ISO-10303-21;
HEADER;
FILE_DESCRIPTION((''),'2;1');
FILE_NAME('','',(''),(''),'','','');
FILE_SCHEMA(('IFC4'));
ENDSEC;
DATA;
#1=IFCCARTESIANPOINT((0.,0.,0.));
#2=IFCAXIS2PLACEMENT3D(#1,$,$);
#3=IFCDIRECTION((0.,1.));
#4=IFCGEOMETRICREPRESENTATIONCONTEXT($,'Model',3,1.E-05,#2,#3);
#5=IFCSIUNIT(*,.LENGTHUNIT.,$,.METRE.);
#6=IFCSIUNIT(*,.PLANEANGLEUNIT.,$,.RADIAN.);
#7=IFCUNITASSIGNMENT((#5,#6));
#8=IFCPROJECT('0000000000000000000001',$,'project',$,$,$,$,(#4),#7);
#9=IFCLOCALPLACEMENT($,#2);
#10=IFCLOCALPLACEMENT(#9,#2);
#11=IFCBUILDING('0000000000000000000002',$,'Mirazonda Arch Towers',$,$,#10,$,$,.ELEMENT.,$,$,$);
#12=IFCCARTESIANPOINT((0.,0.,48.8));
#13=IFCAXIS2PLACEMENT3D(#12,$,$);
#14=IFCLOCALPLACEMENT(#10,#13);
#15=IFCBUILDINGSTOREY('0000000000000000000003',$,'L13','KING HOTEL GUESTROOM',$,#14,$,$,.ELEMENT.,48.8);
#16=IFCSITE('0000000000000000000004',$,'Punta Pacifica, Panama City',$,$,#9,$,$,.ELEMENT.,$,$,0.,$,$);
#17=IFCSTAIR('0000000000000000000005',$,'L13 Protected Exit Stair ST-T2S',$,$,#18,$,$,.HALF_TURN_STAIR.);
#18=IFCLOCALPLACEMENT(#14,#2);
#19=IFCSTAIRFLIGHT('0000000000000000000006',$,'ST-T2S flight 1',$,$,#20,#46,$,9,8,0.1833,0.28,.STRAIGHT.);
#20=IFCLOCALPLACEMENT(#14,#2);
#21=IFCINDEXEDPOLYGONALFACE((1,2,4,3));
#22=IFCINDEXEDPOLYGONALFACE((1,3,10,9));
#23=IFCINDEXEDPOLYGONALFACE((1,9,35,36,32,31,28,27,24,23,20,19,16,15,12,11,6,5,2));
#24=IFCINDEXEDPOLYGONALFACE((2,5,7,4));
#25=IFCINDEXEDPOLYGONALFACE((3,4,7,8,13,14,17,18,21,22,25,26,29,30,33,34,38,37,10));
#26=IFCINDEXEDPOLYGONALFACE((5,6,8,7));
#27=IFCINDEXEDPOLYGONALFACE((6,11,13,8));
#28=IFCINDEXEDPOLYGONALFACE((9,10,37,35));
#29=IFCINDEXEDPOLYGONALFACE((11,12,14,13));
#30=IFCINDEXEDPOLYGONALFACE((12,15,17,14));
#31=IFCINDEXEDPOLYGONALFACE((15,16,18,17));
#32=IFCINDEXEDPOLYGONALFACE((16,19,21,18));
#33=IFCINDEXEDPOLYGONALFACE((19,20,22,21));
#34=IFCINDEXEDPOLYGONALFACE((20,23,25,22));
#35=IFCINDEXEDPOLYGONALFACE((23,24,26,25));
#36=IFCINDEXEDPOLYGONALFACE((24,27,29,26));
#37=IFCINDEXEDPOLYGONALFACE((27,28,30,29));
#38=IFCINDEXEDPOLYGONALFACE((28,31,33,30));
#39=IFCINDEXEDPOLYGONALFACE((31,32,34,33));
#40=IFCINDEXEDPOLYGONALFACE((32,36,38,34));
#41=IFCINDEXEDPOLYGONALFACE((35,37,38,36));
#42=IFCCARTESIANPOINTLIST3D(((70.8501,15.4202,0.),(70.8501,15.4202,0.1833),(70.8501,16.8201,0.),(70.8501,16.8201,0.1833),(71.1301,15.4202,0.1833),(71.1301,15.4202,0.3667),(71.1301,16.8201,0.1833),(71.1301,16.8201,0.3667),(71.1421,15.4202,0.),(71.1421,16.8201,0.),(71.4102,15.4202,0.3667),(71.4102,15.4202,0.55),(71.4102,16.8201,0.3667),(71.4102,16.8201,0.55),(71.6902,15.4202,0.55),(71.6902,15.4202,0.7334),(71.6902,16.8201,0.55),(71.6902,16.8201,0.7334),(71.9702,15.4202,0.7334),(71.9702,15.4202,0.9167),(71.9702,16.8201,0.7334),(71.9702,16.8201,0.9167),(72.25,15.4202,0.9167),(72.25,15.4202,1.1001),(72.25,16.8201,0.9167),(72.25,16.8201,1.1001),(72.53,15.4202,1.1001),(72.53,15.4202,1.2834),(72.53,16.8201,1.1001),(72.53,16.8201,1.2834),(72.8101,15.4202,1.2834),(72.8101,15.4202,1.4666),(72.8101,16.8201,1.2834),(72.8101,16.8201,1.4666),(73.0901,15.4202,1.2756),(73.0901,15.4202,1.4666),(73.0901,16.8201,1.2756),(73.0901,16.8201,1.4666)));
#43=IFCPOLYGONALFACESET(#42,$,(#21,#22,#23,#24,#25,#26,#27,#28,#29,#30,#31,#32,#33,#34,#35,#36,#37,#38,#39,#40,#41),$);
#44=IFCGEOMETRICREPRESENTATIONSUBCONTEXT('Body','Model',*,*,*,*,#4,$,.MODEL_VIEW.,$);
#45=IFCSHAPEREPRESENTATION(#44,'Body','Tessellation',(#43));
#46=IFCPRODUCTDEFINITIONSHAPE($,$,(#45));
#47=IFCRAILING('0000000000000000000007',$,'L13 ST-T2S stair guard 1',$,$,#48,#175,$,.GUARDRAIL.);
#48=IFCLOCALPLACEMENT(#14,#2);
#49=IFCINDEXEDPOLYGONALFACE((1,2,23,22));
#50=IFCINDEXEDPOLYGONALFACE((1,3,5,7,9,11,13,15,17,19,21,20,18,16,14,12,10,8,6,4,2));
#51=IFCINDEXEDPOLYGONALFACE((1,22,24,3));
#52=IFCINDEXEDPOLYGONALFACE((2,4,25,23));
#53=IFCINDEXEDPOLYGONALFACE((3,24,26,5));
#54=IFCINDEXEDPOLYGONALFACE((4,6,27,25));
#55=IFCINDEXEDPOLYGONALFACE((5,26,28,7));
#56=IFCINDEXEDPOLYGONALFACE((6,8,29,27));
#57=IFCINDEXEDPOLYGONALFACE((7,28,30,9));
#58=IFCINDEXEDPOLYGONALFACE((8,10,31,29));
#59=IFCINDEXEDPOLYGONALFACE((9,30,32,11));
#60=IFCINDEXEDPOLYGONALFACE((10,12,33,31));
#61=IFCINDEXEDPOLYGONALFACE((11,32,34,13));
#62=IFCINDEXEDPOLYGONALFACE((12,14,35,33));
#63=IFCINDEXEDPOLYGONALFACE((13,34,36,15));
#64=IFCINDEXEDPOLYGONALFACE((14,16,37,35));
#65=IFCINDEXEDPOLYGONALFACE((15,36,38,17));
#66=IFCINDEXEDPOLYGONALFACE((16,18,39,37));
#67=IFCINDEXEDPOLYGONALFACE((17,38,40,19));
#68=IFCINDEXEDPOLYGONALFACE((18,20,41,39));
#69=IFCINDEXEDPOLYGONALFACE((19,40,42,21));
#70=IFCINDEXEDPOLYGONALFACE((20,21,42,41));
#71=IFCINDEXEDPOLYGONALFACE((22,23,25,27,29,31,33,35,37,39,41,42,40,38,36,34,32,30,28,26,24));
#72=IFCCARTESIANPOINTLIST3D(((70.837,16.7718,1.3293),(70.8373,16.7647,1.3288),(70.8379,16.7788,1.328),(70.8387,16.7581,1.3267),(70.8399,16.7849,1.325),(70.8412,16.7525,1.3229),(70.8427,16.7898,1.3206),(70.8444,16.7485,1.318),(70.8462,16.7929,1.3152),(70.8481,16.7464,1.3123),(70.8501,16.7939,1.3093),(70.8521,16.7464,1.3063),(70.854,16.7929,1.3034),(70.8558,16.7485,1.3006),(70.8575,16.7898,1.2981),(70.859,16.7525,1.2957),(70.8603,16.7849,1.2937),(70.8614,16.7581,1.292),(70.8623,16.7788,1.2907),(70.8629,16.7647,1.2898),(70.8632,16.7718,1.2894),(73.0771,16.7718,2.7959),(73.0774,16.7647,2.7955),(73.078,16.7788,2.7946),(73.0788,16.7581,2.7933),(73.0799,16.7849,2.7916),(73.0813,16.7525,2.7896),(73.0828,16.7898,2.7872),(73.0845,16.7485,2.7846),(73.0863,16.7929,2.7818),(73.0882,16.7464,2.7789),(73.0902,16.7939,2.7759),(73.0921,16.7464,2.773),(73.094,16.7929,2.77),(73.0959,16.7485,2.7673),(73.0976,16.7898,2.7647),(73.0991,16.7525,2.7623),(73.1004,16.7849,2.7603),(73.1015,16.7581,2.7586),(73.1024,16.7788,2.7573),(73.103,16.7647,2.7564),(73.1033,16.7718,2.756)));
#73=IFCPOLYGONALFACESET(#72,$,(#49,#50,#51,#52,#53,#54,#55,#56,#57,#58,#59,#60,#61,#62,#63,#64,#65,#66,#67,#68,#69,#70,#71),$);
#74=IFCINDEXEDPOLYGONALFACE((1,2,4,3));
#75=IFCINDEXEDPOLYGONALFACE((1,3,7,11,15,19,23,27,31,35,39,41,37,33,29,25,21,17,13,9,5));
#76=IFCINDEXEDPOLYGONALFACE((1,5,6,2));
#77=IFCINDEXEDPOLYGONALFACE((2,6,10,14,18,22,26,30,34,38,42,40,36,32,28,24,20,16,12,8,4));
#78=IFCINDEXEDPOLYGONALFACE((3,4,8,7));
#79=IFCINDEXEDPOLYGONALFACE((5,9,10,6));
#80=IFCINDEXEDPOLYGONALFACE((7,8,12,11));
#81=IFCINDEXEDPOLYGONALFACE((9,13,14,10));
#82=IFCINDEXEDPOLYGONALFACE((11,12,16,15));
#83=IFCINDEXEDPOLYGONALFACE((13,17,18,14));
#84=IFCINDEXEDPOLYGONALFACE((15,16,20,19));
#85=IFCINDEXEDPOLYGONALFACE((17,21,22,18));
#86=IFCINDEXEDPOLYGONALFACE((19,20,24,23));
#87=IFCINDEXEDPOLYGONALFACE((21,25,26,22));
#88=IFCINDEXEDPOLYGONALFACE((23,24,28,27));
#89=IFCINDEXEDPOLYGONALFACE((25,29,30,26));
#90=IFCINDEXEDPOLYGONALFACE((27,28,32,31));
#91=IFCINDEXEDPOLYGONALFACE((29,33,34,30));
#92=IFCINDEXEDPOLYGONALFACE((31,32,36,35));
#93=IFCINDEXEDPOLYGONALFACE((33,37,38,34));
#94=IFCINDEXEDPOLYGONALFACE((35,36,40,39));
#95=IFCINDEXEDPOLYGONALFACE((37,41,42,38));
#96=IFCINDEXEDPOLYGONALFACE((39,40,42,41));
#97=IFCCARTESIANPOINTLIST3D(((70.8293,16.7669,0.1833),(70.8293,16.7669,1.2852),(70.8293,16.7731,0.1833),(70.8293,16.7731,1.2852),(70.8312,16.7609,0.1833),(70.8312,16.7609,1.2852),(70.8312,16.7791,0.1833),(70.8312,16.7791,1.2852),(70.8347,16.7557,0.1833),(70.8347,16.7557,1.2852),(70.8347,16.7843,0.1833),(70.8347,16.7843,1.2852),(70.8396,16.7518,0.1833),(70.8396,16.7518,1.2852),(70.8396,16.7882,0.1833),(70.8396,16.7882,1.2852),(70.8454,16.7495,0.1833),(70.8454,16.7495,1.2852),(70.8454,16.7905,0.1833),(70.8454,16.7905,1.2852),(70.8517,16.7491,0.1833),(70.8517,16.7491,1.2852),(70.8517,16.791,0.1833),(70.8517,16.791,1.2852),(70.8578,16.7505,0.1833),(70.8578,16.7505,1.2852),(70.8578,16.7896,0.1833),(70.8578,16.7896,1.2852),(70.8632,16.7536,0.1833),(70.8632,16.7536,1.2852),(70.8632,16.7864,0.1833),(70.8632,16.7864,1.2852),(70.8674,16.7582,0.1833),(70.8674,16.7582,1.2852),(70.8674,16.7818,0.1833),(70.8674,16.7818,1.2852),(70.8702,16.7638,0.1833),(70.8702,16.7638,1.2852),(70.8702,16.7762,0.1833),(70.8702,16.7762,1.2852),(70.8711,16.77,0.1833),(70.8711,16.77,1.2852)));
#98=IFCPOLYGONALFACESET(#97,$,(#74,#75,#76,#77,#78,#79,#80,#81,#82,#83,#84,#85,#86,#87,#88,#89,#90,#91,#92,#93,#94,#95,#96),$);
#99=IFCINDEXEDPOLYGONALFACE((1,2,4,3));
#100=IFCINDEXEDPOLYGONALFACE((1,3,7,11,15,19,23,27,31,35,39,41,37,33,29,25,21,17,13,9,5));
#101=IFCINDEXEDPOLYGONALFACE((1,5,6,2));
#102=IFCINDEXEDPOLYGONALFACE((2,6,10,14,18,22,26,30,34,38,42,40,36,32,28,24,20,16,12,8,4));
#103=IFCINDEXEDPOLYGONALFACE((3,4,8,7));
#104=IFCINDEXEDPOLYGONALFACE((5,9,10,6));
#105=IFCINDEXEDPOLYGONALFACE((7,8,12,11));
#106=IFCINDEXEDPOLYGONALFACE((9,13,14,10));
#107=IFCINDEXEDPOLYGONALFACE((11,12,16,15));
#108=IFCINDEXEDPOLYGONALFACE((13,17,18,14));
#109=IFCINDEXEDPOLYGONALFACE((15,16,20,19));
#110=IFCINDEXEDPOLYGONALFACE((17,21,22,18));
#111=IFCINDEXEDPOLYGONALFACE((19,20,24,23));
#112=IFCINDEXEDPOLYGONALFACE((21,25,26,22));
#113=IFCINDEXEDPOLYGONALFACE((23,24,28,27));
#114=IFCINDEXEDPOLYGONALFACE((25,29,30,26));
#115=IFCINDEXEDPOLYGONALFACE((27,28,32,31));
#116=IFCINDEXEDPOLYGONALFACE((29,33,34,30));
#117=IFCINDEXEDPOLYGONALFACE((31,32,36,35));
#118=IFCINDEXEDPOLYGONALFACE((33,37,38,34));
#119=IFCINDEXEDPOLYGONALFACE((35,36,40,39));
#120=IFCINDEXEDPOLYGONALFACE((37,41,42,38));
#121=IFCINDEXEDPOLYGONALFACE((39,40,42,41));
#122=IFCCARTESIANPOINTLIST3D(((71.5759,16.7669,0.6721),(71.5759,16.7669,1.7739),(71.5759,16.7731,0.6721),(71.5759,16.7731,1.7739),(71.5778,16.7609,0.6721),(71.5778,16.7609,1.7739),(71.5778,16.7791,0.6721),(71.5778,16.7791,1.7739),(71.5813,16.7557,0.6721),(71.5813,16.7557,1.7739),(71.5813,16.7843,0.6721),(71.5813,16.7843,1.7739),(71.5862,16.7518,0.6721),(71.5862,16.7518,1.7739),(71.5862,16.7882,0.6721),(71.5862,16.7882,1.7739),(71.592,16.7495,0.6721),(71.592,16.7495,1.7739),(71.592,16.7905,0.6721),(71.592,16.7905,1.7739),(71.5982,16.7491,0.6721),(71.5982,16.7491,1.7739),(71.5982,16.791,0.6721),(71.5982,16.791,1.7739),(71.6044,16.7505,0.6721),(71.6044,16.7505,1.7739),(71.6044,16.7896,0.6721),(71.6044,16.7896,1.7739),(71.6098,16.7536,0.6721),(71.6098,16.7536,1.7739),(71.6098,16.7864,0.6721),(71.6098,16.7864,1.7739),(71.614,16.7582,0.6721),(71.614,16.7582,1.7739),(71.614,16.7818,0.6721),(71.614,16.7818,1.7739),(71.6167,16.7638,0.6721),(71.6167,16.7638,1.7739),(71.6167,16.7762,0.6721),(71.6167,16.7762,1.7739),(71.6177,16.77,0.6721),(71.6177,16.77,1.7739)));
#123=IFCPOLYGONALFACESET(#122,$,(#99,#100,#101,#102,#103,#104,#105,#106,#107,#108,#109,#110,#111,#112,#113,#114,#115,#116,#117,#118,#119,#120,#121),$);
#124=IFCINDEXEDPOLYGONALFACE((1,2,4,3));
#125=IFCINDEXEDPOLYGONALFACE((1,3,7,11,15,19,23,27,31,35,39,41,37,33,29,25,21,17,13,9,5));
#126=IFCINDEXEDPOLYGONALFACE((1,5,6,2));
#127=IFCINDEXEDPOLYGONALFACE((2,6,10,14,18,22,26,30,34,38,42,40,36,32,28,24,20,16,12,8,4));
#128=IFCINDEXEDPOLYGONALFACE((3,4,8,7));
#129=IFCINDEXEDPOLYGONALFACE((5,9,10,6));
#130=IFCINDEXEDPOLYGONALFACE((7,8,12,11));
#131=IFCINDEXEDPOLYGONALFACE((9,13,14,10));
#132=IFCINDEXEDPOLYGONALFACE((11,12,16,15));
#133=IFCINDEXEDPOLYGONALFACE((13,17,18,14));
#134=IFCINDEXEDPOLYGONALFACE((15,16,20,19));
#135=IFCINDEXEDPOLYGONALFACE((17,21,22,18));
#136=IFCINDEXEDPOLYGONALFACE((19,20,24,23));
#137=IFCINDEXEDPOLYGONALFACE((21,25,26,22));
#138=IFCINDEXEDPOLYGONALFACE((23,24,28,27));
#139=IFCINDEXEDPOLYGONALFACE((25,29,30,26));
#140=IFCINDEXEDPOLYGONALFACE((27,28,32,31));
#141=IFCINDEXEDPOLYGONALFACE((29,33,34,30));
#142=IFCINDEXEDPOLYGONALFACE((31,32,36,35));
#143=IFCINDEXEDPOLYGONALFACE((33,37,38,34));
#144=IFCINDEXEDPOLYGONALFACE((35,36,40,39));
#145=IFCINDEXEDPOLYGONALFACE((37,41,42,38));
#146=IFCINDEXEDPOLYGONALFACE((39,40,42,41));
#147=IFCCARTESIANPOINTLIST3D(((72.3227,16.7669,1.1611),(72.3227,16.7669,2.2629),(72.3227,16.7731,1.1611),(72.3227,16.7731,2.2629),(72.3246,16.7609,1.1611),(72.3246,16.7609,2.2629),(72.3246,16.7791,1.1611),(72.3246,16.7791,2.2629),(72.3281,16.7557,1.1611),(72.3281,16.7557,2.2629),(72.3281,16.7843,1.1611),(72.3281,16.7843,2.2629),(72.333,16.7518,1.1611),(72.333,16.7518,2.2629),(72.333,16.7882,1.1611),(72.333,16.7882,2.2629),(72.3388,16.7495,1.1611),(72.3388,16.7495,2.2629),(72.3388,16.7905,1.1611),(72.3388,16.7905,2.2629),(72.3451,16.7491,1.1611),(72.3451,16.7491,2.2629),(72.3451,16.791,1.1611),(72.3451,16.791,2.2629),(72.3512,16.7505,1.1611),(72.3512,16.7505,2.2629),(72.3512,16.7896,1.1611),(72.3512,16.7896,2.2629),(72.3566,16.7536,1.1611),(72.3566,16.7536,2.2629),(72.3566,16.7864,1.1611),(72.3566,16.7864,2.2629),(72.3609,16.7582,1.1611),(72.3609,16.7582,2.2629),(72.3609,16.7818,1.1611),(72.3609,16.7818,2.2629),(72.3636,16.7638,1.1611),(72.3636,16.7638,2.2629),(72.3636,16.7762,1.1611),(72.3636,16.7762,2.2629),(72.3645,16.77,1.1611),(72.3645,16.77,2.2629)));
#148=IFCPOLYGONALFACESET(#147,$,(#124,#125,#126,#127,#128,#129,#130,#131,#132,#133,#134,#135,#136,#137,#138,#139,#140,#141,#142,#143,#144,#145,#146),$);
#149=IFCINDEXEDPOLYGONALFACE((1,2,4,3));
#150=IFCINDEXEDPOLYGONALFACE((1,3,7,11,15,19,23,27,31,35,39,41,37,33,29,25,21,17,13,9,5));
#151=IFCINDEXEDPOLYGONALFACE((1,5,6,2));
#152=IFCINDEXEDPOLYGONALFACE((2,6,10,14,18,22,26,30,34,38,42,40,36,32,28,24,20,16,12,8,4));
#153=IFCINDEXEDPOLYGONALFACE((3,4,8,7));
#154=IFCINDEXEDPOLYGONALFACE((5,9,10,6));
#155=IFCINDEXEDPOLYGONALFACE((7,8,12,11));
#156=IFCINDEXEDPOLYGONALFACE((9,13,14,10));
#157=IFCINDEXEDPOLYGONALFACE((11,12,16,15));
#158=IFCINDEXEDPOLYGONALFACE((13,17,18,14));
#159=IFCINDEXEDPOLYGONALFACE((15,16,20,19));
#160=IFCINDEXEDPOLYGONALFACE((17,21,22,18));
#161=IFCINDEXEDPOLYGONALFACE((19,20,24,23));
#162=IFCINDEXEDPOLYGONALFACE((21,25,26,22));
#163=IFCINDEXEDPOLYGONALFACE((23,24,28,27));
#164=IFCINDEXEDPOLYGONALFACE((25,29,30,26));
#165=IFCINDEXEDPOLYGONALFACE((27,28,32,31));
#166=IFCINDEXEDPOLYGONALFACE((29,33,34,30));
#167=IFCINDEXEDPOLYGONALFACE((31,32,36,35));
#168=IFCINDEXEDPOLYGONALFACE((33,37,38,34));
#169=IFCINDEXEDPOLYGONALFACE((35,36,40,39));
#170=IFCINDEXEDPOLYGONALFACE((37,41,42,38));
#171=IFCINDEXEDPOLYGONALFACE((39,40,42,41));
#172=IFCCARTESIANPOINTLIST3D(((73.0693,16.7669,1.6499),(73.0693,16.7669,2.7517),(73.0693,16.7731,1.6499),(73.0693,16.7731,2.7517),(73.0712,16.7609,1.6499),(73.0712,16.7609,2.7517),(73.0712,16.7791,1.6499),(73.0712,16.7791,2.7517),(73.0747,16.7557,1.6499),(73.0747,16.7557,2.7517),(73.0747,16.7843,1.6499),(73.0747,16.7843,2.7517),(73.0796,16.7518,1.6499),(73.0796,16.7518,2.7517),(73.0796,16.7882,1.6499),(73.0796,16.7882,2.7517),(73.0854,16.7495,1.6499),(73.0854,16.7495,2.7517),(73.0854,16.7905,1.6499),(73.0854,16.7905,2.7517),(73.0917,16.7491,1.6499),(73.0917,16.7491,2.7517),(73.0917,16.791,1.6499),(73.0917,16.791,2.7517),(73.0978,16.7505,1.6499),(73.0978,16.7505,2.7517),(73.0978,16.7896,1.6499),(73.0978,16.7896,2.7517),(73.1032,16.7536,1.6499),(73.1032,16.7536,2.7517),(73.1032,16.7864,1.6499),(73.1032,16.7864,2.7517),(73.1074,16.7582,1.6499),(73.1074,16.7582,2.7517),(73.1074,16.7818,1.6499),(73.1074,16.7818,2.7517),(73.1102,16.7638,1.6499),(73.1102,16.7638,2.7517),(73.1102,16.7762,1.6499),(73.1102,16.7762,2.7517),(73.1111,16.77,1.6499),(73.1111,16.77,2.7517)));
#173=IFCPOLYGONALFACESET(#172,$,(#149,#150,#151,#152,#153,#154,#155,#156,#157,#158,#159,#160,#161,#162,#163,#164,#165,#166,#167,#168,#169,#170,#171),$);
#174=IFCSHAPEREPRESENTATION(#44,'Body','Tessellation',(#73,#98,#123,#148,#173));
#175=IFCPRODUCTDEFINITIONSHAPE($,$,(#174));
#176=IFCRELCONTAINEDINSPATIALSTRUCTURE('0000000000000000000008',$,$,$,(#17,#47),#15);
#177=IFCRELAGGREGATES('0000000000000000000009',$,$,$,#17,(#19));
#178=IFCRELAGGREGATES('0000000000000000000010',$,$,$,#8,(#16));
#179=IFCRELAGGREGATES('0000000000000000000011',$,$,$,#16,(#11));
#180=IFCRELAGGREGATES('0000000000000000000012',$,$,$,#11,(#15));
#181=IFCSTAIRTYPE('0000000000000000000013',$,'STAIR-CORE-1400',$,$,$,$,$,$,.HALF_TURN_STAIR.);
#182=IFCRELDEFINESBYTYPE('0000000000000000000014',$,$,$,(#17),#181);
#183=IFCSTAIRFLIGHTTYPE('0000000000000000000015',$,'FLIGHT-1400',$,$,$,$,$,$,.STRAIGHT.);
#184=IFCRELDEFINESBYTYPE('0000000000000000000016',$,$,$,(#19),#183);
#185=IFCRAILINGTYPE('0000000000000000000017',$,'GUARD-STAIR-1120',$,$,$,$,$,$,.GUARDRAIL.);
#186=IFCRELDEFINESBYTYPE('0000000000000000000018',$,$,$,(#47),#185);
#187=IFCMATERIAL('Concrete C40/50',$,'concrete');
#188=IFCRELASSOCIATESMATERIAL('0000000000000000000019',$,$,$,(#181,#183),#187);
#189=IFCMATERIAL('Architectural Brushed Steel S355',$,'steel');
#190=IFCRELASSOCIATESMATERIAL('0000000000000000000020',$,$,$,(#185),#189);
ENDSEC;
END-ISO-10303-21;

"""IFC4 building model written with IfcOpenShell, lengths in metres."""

from ifc_helpers import new_model, si_unit, direction, frame, origin, origin_2d, place, context, subcontext, project, spatial, polyline, circle, outline, extrude, material, type_object, element, aggregate, save


model = new_model("IFC4")

# Units and contexts
model_context = context("Model", 3, precision=1e-05, world=origin(), true_north=direction((0.0, 1.0)))
body_context = subcontext(model_context, "Body", "Model", "MODEL_VIEW")
ifc_project = project(units=[si_unit("LENGTHUNIT", "METRE"), si_unit("PLANEANGLEUNIT", "RADIAN")], contexts=[model_context])

# Site, building, storey
site_placement = place(None, origin())
site = spatial("IfcSite", under=ifc_project, at=site_placement, Name="Punta Pacifica, Panama City", CompositionType="ELEMENT", RefElevation=0.0)
building_placement = place(site_placement, origin())
building = spatial("IfcBuilding", under=site, at=building_placement, Name="Mirazonda Arch Towers", CompositionType="ELEMENT")
storey_placement = place(building_placement, frame((0.0, 0.0, 48.8)))
storey = spatial("IfcBuildingStorey", under=building, at=storey_placement, Name="L13", Description="KING HOTEL GUESTROOM", CompositionType="ELEMENT", Elevation=48.8)

# Stair, stair flight
ifc_material_1 = material(Name="Concrete C40/50", Category="concrete")
stair_type = type_object("IfcStairType", Name="STAIR-CORE-1400", PredefinedType="HALF_TURN_STAIR", material=ifc_material_1)
stair_placement = place(storey_placement, origin())
stair = element("IfcStair", 1, at=stair_placement, inside=storey, type_object=stair_type, Name="L13 Protected Exit Stair ST-T2S", PredefinedType="HALF_TURN_STAIR")
stair_flight_type = type_object("IfcStairFlightType", Name="FLIGHT-1400", PredefinedType="STRAIGHT", material=ifc_material_1)
stair_flight_placement = place(storey_placement, frame((70.8501, 16.1201, 0.0), z_axis=(0.0, 0.0, 1.0), x_axis=(1.0, 0.0, 0.0)))
stair_flight = element("IfcStairFlight", 2, at=stair_flight_placement, type_object=stair_flight_type, Name="ST-T2S flight 1", NumberOfRisers=9, NumberOfTreads=8, PredefinedType="STRAIGHT", RiserHeight=0.1833, TreadLength=0.28, context=body_context, shape_type="SweptSolid", body=[
    extrude(outline(polyline([(0.0, 0.0), (0.0, 0.1833), (0.28, 0.1833), (0.28, 0.3667), (0.5601, 0.3667), (0.5601, 0.55), (0.8401, 0.55), (0.8401, 0.7334), (1.1201, 0.7334), (1.1201, 0.9167), (1.3999, 0.9167), (1.3999, 1.1001), (1.6799, 1.1001), (1.6799, 1.2834), (1.96, 1.2834), (1.96, 1.4666), (2.24, 1.4666), (2.24, 1.6499), (2.24, 1.2756), (0.292, 0.0), (0.0, 0.0)])), frame((0.0, 0.7, 0.0), z_axis=(0.0, -1.0, 0.0), x_axis=(1.0, 0.0, 0.0)), (0.0, 0.0, 1.0), 1.3999),
])
aggregate(stair, [stair_flight])

# Railing
ifc_material_2 = material(Name="Architectural Brushed Steel S355", Category="steel")
railing_type_1 = type_object("IfcRailingType", Name="GUARD-STAIR-1120", PredefinedType="GUARDRAIL", material=ifc_material_2)
railing_1_placement = place(storey_placement, frame((70.8501, 16.77, 0.1833)))
element("IfcRailing", 3, at=railing_1_placement, inside=storey, type_object=railing_type_1, Name="L13 ST-T2S stair guard 1", PredefinedType="GUARDRAIL", context=body_context, shape_type="SweptSolid", body=[
    extrude(circle(Radius=0.0239, at=origin_2d()), frame((0.0, 0.0, 1.126), z_axis=(0.836637, 0.0, 0.547758), x_axis=(0.0, 1.0, 0.0)), (0.0, 0.0, 1.0), 2.6775),
    extrude(circle(Radius=0.021, at=origin_2d()), origin(), (0.0, 0.0, 1.0), 1.1018),
    extrude(circle(Radius=0.021, at=origin_2d()), frame((0.7466, 0.0, 0.4888)), (0.0, 0.0, 1.0), 1.1018),
    extrude(circle(Radius=0.021, at=origin_2d()), frame((1.4934, 0.0, 0.9778)), (0.0, 0.0, 1.0), 1.1018),
    extrude(circle(Radius=0.021, at=origin_2d()), frame((2.24, 0.0, 1.4666)), (0.0, 0.0, 1.0), 1.1018),
])

save(model, "model.ifc")
